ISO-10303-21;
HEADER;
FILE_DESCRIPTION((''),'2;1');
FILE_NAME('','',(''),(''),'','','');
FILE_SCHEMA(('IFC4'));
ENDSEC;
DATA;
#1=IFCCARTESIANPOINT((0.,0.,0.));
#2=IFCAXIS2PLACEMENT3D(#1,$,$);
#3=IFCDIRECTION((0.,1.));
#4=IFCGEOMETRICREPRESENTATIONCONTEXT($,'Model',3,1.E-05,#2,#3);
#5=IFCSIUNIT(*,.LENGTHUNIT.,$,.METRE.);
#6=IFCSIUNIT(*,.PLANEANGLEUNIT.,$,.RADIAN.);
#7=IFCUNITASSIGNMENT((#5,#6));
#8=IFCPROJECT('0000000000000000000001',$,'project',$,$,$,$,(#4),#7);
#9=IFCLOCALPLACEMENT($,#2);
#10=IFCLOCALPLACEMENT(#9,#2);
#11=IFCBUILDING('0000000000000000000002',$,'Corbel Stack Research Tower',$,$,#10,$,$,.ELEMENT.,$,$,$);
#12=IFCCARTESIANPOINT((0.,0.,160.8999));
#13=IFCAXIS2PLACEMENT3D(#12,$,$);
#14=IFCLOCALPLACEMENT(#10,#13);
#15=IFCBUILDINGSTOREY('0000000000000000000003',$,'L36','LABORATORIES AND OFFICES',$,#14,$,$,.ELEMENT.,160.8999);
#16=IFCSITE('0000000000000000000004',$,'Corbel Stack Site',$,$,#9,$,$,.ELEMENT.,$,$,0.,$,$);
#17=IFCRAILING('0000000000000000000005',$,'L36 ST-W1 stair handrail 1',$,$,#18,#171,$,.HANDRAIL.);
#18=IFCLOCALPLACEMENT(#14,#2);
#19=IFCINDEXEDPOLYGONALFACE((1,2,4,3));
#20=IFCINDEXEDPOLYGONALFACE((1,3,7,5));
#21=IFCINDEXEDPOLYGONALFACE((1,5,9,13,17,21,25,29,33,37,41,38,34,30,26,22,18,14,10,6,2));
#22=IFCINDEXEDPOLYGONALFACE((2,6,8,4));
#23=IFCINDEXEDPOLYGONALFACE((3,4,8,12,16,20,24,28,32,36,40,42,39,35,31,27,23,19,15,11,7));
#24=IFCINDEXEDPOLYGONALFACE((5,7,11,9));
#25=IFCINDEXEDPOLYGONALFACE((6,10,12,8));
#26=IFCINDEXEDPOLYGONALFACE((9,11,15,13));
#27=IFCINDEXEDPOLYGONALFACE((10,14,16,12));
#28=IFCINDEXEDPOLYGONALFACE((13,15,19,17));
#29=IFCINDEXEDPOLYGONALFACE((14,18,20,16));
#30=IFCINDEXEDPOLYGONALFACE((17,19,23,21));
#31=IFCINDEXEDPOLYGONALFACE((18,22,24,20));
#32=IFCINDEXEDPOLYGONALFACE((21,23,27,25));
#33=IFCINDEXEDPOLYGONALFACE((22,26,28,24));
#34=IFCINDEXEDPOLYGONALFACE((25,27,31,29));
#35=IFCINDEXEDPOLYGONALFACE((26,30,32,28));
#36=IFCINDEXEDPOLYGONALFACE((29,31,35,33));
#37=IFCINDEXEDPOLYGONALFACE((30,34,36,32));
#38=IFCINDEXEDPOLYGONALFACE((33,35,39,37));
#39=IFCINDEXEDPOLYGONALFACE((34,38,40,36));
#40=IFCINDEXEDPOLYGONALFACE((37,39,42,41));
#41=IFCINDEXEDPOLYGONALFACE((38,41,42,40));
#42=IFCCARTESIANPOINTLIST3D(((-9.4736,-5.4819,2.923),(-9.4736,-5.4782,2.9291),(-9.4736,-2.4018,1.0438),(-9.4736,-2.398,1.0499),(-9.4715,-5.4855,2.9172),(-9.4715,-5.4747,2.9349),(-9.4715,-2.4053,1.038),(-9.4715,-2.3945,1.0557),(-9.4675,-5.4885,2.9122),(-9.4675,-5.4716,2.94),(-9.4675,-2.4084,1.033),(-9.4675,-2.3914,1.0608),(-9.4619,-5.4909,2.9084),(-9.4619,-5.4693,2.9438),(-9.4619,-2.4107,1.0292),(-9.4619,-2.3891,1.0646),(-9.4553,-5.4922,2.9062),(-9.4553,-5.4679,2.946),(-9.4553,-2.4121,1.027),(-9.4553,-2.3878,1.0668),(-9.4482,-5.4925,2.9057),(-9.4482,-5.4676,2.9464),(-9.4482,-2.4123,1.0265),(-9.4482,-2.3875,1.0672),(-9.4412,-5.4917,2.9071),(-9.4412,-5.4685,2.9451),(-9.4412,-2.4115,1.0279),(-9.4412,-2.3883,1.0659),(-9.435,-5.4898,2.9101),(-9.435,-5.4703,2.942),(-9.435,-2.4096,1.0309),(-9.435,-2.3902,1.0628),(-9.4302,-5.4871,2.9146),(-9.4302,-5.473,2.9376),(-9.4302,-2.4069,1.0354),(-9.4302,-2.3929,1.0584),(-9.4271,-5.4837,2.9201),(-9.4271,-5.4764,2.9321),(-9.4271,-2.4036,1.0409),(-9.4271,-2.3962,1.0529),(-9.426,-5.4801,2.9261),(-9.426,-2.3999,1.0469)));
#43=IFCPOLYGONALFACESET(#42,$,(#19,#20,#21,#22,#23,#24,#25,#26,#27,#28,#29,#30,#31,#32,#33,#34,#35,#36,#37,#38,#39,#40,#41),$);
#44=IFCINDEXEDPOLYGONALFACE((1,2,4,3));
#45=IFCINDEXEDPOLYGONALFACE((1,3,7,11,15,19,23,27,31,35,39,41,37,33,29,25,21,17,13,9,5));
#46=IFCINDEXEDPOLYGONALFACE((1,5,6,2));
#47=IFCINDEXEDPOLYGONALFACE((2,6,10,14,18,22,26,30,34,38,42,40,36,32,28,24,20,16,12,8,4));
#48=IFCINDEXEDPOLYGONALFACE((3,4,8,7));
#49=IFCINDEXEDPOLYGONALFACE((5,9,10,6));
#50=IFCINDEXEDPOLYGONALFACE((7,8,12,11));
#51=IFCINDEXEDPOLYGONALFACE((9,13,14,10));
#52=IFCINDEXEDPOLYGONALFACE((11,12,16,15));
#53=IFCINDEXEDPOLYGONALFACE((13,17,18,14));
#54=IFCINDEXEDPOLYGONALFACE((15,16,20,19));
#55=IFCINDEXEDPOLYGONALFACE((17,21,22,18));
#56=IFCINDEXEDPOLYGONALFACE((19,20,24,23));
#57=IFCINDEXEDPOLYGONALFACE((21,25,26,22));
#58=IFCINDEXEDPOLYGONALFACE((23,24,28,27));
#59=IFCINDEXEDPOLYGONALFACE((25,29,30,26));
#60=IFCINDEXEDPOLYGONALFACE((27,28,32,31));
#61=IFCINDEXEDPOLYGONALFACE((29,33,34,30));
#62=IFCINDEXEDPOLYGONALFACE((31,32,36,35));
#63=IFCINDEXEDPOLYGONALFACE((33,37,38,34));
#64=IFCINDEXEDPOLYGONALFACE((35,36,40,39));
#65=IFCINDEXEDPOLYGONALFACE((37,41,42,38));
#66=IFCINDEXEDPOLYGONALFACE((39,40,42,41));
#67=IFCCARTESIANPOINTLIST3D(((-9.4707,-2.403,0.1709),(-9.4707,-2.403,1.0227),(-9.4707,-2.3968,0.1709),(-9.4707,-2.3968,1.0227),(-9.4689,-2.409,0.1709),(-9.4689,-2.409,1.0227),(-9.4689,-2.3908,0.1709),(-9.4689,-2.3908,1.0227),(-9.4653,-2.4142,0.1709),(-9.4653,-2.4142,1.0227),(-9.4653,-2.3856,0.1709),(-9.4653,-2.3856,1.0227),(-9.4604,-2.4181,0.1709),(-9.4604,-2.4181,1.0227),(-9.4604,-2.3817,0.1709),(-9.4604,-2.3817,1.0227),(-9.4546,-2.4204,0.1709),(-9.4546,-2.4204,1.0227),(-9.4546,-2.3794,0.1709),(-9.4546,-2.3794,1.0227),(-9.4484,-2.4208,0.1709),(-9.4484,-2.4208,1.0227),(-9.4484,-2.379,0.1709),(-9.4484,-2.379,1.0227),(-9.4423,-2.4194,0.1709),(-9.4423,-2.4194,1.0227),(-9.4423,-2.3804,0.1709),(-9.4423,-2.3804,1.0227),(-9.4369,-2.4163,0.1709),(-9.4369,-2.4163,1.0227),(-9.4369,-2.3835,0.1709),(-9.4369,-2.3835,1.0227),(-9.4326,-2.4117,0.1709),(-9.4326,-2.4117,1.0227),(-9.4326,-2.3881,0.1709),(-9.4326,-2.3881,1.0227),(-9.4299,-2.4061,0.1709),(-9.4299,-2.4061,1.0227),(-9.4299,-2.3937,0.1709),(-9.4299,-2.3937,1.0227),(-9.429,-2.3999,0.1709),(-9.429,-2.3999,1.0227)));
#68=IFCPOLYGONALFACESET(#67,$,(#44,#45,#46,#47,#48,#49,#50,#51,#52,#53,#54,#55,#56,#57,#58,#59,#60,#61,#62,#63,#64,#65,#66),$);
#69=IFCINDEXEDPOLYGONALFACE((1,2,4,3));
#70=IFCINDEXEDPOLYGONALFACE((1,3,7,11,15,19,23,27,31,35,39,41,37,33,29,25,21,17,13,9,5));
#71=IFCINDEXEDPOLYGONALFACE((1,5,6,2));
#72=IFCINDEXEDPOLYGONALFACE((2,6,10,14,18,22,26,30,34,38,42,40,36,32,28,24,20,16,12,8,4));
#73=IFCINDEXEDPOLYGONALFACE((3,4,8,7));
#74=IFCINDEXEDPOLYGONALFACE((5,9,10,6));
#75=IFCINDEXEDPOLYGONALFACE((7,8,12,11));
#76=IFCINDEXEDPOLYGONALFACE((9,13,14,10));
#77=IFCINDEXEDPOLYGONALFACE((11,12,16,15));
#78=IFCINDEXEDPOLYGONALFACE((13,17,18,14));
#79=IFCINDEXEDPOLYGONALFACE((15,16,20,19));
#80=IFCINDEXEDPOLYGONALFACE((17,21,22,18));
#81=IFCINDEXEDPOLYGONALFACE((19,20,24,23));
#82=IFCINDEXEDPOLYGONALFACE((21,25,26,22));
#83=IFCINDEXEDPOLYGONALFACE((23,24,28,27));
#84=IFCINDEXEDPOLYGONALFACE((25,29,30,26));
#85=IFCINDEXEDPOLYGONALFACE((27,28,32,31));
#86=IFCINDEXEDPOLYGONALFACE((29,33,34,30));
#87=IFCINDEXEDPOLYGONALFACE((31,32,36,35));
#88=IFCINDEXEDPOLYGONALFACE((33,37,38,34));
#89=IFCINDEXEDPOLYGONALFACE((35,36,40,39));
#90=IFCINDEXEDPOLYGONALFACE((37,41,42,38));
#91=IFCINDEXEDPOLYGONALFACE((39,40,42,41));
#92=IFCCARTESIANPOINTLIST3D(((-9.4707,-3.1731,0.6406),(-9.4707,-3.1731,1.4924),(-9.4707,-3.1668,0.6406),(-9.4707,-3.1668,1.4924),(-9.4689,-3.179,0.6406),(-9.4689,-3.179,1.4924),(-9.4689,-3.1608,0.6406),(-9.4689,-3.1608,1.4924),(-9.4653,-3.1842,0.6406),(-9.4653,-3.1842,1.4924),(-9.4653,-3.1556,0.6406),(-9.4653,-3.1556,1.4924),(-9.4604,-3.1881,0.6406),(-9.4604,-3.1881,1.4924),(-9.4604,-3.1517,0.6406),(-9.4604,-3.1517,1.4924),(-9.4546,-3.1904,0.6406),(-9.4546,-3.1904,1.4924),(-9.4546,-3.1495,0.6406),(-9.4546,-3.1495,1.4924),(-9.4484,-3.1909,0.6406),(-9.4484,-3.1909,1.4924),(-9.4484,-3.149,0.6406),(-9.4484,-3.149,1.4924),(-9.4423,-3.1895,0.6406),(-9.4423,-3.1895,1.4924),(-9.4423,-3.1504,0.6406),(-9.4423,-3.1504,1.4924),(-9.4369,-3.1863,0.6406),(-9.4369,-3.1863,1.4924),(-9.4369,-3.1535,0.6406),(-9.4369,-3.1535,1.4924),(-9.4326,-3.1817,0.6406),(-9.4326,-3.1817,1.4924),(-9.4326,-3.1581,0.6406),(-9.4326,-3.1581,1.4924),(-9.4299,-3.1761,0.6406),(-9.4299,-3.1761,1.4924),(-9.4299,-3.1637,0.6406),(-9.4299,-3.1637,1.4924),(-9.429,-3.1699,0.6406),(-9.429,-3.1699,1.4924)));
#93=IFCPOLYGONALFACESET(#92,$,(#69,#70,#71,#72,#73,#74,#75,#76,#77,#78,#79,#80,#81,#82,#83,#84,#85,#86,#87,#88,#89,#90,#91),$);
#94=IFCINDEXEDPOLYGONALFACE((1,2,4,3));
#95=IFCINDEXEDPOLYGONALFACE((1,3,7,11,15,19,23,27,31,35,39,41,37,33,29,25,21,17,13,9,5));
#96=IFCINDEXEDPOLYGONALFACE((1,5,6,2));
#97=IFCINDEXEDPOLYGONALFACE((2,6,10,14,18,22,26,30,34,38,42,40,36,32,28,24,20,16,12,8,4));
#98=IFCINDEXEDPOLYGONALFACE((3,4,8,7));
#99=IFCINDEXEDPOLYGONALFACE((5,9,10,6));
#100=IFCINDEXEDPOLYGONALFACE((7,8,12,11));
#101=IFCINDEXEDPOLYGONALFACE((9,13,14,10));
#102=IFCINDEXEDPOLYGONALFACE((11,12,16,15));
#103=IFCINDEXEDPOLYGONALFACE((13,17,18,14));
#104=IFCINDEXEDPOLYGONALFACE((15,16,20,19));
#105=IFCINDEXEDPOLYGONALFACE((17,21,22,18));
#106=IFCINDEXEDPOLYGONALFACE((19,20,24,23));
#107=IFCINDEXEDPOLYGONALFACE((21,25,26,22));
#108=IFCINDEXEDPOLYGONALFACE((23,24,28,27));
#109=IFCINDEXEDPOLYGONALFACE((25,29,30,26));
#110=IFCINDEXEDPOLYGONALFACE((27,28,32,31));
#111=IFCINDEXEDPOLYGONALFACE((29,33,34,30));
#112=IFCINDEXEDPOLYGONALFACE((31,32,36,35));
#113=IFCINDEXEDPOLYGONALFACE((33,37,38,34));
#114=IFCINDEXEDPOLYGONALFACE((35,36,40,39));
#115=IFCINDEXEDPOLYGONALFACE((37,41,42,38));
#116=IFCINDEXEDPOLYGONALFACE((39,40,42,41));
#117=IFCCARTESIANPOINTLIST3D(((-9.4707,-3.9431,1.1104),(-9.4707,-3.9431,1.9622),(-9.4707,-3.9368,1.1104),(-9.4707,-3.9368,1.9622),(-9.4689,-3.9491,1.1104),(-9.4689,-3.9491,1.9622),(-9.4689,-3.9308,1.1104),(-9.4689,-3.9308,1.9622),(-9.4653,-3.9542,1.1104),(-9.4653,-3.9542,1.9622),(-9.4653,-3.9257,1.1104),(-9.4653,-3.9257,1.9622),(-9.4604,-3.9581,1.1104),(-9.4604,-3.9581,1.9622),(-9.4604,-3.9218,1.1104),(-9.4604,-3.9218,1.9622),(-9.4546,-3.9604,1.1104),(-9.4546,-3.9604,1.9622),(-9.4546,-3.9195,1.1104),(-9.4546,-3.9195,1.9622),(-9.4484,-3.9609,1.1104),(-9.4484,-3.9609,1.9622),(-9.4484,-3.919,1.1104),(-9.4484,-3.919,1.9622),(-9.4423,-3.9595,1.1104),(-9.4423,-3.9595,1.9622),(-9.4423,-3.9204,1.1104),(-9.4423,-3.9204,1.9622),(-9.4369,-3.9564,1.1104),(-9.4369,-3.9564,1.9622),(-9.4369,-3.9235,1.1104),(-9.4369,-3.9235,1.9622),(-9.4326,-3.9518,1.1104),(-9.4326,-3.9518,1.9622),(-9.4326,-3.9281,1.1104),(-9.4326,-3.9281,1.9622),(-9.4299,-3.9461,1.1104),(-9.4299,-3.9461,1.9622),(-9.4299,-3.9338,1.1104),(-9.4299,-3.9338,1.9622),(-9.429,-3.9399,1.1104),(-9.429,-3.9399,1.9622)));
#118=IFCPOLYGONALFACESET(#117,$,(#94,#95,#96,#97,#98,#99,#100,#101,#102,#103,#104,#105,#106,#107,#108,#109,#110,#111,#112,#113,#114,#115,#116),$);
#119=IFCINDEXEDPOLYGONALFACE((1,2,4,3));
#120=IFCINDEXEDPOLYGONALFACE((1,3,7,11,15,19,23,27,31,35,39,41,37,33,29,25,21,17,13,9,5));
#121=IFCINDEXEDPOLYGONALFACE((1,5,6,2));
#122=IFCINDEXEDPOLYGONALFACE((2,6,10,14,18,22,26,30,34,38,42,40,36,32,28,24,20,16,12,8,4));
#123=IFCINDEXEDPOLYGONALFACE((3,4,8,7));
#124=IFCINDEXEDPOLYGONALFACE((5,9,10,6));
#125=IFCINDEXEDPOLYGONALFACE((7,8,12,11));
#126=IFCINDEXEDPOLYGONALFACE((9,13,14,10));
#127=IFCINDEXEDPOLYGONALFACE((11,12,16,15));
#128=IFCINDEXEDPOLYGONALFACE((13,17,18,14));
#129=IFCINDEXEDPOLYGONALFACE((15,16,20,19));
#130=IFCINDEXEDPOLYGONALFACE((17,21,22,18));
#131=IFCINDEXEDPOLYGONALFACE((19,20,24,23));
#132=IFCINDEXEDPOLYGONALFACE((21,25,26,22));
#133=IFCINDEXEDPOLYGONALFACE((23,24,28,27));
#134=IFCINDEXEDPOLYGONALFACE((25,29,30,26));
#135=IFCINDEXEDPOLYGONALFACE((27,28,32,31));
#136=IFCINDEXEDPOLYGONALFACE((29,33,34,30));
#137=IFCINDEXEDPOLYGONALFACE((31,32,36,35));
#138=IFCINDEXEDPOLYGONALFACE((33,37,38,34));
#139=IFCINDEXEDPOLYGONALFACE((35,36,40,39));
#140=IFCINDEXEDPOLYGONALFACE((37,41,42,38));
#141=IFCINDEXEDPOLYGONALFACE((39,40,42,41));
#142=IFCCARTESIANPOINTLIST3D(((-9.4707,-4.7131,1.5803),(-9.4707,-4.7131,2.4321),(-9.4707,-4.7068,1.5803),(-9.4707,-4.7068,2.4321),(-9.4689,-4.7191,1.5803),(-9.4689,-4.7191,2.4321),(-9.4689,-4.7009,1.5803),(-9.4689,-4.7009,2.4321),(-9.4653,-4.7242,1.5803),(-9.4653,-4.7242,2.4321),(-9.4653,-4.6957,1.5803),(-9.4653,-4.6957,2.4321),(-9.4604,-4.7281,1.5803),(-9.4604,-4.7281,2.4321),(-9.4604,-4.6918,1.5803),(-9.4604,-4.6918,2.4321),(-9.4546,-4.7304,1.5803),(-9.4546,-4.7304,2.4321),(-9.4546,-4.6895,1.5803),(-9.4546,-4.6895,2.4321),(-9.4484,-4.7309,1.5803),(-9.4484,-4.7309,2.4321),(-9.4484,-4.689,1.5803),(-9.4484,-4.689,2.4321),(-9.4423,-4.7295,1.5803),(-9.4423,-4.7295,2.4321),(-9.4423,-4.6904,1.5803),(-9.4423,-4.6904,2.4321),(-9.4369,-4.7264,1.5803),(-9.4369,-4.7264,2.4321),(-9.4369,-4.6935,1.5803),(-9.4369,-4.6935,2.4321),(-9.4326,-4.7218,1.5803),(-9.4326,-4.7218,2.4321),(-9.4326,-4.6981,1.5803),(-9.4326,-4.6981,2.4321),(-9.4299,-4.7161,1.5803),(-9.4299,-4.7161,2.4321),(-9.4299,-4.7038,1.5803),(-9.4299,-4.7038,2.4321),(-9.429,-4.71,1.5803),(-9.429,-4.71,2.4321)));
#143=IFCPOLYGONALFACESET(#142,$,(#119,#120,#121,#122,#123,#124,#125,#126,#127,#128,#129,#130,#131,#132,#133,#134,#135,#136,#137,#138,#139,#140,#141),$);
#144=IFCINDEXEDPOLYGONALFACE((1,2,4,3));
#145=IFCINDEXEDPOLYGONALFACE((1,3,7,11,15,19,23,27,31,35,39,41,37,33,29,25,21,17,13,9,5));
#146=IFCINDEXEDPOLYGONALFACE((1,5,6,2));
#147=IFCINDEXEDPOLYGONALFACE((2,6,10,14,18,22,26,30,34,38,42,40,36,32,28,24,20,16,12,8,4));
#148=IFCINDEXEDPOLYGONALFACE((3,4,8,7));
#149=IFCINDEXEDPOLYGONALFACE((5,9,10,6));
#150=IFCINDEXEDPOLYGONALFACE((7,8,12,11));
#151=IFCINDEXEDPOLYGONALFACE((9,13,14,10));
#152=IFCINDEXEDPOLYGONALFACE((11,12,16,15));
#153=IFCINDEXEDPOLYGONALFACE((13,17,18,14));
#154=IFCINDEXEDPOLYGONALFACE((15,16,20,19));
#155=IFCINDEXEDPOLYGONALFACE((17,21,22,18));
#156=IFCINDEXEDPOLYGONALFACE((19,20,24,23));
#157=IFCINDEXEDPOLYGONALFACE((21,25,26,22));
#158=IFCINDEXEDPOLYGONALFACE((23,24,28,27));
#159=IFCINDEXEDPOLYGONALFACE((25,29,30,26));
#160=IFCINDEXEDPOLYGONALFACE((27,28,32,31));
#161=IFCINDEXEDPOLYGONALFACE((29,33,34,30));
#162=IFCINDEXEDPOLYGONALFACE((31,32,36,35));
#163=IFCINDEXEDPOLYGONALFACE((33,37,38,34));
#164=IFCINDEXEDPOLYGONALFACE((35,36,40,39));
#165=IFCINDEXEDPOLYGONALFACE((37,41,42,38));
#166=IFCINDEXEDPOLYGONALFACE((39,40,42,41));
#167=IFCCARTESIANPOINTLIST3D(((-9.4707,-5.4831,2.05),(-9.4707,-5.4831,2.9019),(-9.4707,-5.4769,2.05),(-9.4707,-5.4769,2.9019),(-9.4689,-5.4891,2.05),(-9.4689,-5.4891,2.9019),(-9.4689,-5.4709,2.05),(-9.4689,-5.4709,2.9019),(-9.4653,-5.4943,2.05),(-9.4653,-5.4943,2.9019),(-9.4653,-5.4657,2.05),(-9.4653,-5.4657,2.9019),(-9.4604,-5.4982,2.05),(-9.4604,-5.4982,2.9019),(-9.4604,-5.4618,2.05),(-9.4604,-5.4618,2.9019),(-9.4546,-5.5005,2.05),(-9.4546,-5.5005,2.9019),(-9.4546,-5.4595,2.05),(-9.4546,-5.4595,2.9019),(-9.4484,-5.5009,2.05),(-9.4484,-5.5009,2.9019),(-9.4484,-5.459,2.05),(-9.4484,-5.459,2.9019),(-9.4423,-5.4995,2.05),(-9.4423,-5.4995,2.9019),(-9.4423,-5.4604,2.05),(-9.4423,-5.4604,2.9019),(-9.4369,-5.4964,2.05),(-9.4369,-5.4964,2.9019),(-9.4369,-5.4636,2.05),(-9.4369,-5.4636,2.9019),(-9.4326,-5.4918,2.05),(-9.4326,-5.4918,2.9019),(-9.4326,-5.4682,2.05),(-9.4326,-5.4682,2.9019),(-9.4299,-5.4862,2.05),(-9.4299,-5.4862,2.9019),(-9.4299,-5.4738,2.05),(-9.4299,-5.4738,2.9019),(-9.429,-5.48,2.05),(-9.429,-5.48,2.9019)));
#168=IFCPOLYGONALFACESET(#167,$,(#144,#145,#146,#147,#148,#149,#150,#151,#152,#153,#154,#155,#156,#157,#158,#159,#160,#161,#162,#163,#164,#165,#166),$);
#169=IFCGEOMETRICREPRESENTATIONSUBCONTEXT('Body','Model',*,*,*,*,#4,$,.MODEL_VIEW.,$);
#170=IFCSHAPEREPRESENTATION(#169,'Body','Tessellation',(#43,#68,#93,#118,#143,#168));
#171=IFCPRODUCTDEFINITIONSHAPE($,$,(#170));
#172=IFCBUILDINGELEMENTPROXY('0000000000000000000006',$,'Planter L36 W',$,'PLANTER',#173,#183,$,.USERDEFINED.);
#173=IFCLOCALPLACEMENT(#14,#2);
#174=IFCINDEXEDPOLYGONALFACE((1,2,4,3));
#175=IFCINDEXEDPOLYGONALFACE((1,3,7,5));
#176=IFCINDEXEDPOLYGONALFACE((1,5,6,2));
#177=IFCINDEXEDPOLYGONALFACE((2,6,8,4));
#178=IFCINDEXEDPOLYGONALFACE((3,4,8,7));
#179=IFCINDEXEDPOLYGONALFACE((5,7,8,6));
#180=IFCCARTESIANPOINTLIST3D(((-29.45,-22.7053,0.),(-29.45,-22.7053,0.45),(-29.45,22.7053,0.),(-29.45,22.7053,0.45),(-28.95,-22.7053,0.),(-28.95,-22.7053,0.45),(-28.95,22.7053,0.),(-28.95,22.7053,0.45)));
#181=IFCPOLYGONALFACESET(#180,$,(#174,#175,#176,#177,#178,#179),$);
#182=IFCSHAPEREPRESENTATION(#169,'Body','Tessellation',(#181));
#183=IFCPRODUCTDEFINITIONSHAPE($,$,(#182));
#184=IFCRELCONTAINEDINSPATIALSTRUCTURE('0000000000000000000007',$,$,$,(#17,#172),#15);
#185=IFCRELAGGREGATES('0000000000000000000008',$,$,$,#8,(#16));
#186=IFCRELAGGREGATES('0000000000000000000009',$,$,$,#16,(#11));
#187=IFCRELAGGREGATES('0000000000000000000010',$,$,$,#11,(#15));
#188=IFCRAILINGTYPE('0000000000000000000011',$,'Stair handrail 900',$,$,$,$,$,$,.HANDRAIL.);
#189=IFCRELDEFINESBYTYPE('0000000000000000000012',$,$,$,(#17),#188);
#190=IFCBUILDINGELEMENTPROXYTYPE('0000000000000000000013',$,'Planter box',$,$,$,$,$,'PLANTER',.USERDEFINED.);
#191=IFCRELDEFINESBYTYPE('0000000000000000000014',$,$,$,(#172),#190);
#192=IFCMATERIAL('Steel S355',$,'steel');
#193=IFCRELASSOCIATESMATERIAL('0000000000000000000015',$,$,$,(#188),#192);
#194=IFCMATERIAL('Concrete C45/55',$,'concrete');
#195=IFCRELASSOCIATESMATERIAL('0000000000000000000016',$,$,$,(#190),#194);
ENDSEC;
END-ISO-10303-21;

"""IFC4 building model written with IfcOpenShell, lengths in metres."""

from ifc_helpers import new_model, si_unit, direction, frame, origin, origin_2d, place, context, subcontext, project, spatial, rectangle, circle, extrude, material, type_object, element, save


model = new_model("IFC4")

# Units and contexts
model_context = context("Model", 3, precision=1e-05, world=origin(), true_north=direction((0.0, 1.0)))
body_context = subcontext(model_context, "Body", "Model", "MODEL_VIEW")
ifc_project = project(units=[si_unit("LENGTHUNIT", "METRE"), si_unit("PLANEANGLEUNIT", "RADIAN")], contexts=[model_context])

# Site, building, storey
site_placement = place(None, origin())
site = spatial("IfcSite", under=ifc_project, at=site_placement, Name="Corbel Stack Site", CompositionType="ELEMENT", RefElevation=0.0)
building_placement = place(site_placement, origin())
building = spatial("IfcBuilding", under=site, at=building_placement, Name="Corbel Stack Research Tower", CompositionType="ELEMENT")
storey_placement = place(building_placement, frame((0.0, 0.0, 160.8999)))
storey = spatial("IfcBuildingStorey", under=building, at=storey_placement, Name="L36", Description="LABORATORIES AND OFFICES", CompositionType="ELEMENT", Elevation=160.8999)

# Railing
ifc_material_1 = material(Name="Steel S355", Category="steel")
railing_type_1 = type_object("IfcRailingType", Name="Stair handrail 900", PredefinedType="HANDRAIL", material=ifc_material_1)
railing_1_placement = place(storey_placement, frame((-9.45, -2.3999, 0.1709)))
element("IfcRailing", 1, at=railing_1_placement, inside=storey, type_object=railing_type_1, Name="L36 ST-W1 stair handrail 1", PredefinedType="HANDRAIL", context=body_context, shape_type="SweptSolid", body=[
    extrude(circle(Radius=0.0239, at=origin_2d()), frame((0.0, 0.0, 0.876), z_axis=(0.0, -0.853666, 0.52082), x_axis=(1.0, 0.0, 0.0)), (0.0, 0.0, 1.0), 3.6082),
    extrude(circle(Radius=0.021, at=origin_2d()), origin(), (0.0, 0.0, 1.0), 0.8518),
    extrude(circle(Radius=0.021, at=origin_2d()), frame((0.0, -0.77, 0.4697)), (0.0, 0.0, 1.0), 0.8518),
    extrude(circle(Radius=0.021, at=origin_2d()), frame((0.0, -1.54, 0.9395)), (0.0, 0.0, 1.0), 0.8518),
    extrude(circle(Radius=0.021, at=origin_2d()), frame((0.0, -2.3101, 1.4094)), (0.0, 0.0, 1.0), 0.8518),
    extrude(circle(Radius=0.021, at=origin_2d()), frame((0.0, -3.0801, 1.8792)), (0.0, 0.0, 1.0), 0.8518),
])

# Building element proxy
ifc_material_2 = material(Name="Concrete C45/55", Category="concrete")
building_element_proxy_type = type_object("IfcBuildingElementProxyType", Name="Planter box", ElementType="PLANTER", PredefinedType="USERDEFINED", material=ifc_material_2)
proxy_placement = place(storey_placement, frame((-29.2, 0.0, 0.0), z_axis=(0.0, 0.0, 1.0), x_axis=(0.0, -1.0, 0.0)))
element("IfcBuildingElementProxy", 2, at=proxy_placement, inside=storey, type_object=building_element_proxy_type, Name="Planter L36 W", ObjectType="PLANTER", PredefinedType="USERDEFINED", context=body_context, shape_type="SweptSolid", body=[
    extrude(rectangle(XDim=45.4106, YDim=0.5, at=origin_2d()), origin(), (0.0, 0.0, 1.0), 0.45),
])

save(model, "model.ifc")
